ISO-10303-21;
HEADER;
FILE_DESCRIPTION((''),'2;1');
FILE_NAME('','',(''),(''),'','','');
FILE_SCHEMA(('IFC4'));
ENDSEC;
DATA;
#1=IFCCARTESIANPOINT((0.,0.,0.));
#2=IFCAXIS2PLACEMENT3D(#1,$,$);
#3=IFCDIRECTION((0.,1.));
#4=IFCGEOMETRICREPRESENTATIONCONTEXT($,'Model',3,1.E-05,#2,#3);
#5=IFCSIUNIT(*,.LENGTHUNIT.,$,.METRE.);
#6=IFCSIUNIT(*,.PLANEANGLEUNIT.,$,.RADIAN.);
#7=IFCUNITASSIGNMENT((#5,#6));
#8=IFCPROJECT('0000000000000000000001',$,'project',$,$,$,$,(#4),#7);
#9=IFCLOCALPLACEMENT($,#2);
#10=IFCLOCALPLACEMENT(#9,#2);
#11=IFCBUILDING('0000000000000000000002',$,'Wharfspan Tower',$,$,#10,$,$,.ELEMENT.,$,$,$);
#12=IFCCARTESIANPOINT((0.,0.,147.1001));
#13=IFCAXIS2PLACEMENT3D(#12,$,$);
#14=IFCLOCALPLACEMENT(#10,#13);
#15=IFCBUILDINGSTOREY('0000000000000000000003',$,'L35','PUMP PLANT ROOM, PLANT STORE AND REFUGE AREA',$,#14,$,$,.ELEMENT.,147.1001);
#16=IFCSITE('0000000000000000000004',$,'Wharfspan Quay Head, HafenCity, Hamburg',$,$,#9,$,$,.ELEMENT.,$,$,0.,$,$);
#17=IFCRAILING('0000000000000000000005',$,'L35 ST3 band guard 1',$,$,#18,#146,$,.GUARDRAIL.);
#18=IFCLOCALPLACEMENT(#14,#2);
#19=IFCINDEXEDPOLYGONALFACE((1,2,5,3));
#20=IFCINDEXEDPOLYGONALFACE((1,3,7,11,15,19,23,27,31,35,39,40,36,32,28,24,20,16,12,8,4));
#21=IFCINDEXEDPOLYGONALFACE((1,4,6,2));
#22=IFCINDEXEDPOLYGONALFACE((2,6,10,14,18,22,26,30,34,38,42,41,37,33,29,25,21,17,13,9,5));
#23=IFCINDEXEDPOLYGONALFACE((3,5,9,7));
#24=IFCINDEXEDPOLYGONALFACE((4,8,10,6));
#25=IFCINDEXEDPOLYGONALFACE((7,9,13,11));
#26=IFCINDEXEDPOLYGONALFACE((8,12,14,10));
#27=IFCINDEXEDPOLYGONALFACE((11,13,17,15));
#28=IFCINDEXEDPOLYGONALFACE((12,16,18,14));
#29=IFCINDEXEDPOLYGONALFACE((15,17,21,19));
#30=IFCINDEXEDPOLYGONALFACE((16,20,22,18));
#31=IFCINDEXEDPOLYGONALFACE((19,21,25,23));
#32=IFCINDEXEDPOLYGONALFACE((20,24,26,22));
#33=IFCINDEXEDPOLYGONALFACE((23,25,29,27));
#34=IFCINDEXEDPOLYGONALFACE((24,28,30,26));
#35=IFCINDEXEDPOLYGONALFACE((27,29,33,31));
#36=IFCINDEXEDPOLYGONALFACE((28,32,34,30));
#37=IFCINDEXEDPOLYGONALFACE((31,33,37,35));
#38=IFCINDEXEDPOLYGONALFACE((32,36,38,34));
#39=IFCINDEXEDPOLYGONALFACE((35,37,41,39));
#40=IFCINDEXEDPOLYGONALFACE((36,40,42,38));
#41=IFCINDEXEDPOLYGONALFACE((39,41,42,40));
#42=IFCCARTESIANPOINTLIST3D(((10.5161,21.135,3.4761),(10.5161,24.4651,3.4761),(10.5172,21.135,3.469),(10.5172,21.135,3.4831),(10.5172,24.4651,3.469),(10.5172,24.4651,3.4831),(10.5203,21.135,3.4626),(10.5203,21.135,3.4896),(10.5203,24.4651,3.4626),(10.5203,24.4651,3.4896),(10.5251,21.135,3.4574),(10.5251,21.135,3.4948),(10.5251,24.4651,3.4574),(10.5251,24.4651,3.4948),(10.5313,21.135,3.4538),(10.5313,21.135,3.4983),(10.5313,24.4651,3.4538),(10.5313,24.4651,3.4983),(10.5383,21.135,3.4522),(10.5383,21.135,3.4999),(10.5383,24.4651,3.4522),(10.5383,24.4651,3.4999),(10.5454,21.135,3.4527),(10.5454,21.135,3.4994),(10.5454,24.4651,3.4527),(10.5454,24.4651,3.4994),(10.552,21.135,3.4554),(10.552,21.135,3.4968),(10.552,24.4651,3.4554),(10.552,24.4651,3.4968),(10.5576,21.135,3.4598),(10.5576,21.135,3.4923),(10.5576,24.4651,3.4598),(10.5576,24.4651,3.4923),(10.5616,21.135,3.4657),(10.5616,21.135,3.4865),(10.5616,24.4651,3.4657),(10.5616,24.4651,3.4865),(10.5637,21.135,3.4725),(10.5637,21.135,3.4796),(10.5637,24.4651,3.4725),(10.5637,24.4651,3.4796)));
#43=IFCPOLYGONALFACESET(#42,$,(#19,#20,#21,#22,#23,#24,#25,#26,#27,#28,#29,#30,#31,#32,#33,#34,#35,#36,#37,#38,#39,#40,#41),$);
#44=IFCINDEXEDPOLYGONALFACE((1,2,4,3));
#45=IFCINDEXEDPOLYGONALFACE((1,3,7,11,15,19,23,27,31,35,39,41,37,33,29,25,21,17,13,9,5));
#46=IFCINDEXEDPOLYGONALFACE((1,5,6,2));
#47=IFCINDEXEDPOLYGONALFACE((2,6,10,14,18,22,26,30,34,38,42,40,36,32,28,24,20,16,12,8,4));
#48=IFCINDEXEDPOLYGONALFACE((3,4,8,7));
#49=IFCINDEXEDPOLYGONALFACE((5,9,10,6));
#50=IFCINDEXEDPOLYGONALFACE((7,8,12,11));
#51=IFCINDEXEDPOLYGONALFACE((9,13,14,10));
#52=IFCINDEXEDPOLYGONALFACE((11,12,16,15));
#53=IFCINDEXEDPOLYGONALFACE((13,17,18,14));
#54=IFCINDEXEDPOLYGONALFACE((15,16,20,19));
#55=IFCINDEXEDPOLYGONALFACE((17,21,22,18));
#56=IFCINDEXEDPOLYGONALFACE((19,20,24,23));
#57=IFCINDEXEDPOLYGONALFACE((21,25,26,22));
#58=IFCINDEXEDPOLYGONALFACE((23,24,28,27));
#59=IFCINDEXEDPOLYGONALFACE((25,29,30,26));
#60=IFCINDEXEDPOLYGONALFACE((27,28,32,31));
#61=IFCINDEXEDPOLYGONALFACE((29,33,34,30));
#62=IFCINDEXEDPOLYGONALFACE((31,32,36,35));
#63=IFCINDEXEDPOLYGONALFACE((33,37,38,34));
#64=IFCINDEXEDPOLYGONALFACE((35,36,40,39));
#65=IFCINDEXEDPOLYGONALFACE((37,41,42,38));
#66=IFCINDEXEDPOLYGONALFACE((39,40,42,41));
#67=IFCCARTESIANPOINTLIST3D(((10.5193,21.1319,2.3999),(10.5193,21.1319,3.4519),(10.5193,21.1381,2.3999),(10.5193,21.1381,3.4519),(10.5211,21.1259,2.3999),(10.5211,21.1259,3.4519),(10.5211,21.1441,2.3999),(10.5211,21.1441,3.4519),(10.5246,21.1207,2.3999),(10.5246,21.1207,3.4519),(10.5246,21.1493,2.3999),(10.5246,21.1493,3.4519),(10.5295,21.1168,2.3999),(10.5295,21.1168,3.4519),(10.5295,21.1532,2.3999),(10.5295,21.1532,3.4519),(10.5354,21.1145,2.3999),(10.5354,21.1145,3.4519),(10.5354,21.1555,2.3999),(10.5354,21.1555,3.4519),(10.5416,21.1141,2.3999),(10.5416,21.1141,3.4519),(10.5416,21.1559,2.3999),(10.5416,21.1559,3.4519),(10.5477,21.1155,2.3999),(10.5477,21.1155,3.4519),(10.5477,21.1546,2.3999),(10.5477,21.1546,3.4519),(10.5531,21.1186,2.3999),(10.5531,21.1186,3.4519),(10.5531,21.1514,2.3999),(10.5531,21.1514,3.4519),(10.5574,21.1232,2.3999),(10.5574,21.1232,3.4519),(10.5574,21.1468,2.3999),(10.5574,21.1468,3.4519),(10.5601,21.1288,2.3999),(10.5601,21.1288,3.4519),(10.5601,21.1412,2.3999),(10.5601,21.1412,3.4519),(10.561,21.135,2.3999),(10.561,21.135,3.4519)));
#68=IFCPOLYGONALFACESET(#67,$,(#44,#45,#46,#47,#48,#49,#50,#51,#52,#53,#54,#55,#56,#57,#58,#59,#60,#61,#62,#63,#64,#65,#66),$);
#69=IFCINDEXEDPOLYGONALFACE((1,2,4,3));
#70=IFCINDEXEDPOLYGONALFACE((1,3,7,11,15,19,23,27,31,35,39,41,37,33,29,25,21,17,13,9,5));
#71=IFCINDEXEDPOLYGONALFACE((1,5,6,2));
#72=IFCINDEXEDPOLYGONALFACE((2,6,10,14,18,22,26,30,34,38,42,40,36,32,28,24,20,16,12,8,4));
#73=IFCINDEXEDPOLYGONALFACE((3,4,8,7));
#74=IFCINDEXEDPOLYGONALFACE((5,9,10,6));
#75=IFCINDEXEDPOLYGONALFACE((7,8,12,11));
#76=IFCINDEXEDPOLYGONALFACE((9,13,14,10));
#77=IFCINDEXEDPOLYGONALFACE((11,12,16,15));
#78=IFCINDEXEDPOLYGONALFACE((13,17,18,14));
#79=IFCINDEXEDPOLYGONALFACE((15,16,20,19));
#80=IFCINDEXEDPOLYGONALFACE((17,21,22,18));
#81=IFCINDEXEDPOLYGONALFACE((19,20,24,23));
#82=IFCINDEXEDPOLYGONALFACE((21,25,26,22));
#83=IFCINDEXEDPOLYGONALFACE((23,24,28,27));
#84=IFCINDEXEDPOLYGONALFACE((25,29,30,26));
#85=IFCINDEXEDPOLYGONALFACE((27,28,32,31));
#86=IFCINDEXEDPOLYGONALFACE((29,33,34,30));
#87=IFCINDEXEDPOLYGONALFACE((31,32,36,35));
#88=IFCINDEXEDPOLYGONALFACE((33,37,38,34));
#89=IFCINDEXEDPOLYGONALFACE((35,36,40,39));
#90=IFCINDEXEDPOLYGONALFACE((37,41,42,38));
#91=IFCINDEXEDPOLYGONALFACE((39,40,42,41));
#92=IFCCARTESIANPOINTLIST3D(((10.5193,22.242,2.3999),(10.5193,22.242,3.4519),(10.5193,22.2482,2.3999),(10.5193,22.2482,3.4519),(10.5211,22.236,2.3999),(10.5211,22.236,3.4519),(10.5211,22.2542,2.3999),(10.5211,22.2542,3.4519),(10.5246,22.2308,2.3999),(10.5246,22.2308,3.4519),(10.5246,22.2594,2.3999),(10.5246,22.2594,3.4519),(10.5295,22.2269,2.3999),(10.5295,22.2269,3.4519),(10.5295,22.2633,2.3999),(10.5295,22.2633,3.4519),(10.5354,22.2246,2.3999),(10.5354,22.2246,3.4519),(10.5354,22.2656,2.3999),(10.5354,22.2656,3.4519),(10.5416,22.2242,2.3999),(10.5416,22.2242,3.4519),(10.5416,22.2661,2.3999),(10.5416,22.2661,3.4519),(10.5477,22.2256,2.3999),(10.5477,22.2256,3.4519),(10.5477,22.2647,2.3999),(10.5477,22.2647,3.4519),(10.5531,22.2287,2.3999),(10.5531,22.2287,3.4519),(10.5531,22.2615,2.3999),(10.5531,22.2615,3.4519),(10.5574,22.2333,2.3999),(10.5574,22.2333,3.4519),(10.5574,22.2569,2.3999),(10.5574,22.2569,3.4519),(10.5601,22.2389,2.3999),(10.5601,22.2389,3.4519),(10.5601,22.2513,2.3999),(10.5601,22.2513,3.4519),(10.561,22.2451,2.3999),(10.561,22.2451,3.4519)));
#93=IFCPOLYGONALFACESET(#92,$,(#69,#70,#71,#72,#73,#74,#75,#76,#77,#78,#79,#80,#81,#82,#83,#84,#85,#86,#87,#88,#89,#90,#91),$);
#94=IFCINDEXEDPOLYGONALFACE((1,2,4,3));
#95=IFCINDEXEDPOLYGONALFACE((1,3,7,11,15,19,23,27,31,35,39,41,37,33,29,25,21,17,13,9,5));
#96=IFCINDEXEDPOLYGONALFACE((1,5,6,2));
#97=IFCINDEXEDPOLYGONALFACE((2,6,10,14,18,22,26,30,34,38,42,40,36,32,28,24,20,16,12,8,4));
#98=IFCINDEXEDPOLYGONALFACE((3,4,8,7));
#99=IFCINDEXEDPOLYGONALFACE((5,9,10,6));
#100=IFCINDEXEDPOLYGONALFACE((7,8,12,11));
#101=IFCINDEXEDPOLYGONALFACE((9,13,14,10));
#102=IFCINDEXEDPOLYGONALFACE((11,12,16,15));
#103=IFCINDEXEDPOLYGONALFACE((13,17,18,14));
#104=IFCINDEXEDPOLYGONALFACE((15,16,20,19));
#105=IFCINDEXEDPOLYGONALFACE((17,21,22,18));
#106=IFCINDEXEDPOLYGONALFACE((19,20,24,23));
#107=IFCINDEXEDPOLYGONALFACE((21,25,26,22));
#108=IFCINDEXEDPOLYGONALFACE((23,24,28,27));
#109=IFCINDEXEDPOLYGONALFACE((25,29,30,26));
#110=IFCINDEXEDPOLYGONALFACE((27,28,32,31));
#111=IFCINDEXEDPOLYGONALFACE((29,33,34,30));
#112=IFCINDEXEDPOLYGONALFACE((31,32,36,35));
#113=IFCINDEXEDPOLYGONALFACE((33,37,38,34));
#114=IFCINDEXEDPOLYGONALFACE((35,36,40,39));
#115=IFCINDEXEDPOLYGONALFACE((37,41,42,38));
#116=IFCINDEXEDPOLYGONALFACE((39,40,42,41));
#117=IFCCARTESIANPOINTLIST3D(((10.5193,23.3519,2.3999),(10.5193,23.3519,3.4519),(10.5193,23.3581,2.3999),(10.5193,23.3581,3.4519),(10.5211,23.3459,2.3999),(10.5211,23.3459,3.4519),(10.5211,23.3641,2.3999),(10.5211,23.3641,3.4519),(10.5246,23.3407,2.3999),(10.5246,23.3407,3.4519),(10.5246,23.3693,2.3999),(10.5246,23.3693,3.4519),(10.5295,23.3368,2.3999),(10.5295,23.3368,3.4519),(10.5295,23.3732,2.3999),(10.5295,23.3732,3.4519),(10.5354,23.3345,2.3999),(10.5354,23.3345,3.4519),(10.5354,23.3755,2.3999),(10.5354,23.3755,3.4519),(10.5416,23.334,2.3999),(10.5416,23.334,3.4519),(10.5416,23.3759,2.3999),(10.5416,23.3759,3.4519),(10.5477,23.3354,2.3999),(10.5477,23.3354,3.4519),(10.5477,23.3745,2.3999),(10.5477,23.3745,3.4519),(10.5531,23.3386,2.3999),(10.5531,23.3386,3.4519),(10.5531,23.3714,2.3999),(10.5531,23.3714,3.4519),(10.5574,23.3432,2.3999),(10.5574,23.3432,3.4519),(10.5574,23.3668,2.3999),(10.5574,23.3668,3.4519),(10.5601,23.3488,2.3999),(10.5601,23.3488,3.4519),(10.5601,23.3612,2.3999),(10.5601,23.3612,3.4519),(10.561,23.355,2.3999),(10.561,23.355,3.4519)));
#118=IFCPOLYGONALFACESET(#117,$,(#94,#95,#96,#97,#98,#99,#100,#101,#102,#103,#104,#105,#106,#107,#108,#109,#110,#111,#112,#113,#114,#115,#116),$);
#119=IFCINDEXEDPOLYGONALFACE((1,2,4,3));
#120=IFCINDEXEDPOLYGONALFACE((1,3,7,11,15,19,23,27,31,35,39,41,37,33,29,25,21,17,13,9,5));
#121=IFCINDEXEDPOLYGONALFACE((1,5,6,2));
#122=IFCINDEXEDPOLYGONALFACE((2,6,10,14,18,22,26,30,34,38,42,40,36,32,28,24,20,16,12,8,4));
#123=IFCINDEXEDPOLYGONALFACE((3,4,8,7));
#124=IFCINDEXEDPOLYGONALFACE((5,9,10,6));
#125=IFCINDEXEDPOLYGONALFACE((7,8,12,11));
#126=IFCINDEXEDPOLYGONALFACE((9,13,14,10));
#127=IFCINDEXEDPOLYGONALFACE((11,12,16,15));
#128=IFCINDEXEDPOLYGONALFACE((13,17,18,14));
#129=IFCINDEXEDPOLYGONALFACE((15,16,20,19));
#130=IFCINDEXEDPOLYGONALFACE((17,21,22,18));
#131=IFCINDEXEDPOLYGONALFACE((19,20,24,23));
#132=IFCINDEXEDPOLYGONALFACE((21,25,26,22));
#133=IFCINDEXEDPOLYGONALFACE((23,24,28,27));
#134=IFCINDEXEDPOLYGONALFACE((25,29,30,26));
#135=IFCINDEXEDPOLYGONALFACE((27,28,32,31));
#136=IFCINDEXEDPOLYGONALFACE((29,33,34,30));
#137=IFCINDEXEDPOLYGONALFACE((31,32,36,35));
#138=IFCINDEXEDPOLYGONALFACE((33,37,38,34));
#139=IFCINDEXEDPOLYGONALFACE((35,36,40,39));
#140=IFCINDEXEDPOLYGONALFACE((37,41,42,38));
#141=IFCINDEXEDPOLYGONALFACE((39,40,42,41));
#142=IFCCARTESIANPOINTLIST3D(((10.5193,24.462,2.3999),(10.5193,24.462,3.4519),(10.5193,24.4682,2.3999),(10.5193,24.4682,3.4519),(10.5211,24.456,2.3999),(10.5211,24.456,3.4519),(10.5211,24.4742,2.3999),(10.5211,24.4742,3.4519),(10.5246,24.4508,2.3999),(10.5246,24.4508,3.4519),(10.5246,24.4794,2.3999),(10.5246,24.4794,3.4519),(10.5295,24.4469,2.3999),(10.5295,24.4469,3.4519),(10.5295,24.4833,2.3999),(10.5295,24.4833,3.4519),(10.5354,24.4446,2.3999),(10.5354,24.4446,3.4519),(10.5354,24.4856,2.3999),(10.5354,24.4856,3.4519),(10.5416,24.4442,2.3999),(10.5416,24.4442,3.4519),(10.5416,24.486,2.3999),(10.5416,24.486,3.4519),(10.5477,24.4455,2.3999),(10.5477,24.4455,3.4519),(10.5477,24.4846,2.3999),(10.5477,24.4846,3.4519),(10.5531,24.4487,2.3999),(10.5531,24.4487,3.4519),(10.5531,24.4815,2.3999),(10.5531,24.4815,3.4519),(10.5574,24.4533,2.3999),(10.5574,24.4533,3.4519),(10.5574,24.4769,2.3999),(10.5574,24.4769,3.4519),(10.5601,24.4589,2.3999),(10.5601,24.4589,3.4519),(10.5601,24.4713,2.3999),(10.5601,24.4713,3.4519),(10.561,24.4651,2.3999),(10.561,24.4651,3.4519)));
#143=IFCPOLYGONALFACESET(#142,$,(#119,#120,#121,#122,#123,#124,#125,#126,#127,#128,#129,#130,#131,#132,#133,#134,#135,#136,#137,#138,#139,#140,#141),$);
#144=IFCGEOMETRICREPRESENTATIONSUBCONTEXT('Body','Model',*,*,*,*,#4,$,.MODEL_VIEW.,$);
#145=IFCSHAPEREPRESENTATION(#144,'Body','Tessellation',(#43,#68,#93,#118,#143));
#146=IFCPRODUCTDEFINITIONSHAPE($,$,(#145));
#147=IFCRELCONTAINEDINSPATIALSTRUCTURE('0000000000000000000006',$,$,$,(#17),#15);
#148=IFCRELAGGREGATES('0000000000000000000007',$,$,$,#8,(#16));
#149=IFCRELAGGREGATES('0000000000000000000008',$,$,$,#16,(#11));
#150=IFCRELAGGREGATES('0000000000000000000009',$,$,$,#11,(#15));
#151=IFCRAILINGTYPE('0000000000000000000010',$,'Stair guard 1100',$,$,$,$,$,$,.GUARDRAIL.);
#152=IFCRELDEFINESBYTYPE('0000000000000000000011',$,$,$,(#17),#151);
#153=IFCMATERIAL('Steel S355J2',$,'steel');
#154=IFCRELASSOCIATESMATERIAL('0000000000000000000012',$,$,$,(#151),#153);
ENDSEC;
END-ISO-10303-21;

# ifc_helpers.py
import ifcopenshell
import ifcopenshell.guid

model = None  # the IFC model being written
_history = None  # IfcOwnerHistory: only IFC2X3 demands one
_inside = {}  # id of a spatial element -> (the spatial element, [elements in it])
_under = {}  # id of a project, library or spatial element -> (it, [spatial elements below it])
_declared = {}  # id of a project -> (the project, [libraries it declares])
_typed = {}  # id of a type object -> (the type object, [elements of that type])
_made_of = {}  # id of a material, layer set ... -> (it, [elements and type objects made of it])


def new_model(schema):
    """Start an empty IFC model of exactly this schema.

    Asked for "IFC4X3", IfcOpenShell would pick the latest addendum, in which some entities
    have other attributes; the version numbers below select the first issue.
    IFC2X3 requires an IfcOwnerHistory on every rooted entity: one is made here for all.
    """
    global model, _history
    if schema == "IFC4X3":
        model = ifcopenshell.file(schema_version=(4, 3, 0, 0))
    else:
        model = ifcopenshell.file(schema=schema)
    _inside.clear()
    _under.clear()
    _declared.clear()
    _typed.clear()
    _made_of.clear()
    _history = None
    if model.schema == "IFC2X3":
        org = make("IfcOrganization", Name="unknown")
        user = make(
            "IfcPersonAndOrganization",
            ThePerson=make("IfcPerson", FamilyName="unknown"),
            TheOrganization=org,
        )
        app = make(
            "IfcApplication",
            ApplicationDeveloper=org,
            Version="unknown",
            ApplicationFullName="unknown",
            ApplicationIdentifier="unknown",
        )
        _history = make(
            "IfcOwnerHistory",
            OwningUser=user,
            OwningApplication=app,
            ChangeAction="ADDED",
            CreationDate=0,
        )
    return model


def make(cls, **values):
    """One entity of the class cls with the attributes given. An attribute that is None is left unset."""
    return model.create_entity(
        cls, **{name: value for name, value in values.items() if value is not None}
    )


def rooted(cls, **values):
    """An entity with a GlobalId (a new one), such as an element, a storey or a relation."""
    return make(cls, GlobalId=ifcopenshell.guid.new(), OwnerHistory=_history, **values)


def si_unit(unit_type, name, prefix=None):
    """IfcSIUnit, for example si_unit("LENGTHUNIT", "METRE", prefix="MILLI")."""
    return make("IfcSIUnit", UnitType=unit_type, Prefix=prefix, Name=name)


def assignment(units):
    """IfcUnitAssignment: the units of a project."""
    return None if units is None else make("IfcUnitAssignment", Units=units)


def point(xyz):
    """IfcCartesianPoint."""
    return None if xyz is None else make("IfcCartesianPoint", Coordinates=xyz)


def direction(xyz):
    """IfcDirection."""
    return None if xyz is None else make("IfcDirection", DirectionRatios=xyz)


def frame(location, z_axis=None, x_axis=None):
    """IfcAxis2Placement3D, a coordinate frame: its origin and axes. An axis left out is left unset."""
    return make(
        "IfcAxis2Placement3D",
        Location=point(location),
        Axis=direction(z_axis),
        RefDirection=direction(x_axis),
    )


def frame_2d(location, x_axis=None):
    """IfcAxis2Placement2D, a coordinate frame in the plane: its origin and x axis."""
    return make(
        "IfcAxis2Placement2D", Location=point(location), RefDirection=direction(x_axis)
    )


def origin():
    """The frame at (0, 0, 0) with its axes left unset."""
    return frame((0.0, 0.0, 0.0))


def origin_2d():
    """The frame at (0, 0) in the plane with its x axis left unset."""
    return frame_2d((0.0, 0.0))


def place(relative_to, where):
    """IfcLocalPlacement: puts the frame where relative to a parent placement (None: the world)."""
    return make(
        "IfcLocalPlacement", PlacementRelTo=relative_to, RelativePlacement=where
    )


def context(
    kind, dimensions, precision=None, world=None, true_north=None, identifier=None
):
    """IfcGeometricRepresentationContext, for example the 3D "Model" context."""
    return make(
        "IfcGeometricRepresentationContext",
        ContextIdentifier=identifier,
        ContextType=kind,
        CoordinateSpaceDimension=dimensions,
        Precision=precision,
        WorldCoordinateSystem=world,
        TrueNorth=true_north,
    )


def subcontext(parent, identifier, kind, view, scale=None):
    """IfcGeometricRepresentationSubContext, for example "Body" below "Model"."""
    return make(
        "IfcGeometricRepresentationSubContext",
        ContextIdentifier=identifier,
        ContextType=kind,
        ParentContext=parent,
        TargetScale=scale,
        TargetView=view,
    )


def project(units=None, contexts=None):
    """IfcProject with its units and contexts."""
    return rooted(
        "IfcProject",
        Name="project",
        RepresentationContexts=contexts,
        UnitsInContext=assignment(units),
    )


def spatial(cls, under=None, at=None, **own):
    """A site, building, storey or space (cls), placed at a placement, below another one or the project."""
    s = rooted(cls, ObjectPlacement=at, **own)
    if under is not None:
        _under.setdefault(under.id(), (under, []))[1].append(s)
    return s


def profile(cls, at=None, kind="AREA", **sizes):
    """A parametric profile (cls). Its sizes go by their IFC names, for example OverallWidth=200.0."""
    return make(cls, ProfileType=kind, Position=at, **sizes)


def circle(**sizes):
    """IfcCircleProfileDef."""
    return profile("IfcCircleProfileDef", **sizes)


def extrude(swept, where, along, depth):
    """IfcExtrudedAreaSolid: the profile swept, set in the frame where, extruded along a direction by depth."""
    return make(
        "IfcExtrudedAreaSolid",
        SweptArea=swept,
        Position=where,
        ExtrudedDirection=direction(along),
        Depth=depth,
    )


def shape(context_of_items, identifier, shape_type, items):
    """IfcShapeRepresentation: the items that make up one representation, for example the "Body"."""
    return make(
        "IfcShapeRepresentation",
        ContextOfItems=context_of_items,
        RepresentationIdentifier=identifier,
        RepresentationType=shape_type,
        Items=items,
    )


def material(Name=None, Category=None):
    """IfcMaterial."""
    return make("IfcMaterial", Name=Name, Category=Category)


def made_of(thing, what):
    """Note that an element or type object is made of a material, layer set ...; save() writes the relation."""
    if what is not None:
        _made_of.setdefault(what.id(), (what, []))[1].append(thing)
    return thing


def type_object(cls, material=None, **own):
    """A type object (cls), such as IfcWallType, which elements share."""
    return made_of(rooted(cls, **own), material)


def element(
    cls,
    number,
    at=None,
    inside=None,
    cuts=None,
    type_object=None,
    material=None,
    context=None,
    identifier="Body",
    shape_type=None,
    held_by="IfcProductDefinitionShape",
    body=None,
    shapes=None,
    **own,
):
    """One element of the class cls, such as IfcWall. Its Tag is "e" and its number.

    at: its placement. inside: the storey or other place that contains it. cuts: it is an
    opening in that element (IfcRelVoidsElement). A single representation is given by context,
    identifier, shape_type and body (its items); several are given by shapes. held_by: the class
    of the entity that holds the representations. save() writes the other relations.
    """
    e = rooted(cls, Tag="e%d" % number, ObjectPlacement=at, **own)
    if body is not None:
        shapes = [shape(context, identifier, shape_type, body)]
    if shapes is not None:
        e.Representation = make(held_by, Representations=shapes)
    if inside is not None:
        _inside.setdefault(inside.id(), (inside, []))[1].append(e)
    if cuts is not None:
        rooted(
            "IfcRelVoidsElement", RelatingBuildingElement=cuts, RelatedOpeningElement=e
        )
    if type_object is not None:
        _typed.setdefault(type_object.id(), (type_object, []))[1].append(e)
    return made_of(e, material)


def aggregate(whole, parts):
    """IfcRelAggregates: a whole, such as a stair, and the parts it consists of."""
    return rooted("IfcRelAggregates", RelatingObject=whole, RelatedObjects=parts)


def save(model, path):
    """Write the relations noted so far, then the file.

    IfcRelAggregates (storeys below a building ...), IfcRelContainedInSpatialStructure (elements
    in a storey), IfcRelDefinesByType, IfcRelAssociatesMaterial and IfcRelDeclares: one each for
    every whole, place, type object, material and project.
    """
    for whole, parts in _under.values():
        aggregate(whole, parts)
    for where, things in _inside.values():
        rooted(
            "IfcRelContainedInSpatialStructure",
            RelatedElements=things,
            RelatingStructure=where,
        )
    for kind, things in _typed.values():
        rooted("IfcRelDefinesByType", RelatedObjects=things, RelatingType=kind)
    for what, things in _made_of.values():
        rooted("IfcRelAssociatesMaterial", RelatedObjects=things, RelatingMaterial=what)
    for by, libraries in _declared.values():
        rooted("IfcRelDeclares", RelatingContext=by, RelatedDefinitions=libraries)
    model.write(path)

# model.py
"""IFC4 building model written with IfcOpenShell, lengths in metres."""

from ifc_helpers import new_model, si_unit, direction, frame, origin, origin_2d, place, context, subcontext, project, spatial, circle, extrude, material, type_object, element, save


model = new_model("IFC4")

# Units and contexts
model_context = context("Model", 3, precision=1e-05, world=origin(), true_north=direction((0.0, 1.0)))
body_context = subcontext(model_context, "Body", "Model", "MODEL_VIEW")
ifc_project = project(units=[si_unit("LENGTHUNIT", "METRE"), si_unit("PLANEANGLEUNIT", "RADIAN")], contexts=[model_context])

# Site, building, storey
site_placement = place(None, origin())
site = spatial("IfcSite", under=ifc_project, at=site_placement, Name="Wharfspan Quay Head, HafenCity, Hamburg", CompositionType="ELEMENT", RefElevation=0.0)
building_placement = place(site_placement, origin())
building = spatial("IfcBuilding", under=site, at=building_placement, Name="Wharfspan Tower", CompositionType="ELEMENT")
storey_placement = place(building_placement, frame((0.0, 0.0, 147.1001)))
storey = spatial("IfcBuildingStorey", under=building, at=storey_placement, Name="L35", Description="PUMP PLANT ROOM, PLANT STORE AND REFUGE AREA", CompositionType="ELEMENT", Elevation=147.1001)

# Shared definitions
ifc_material_1 = material(Name="Steel S355J2", Category="steel")

# Railing
railing_type_1 = type_object("IfcRailingType", Name="Stair guard 1100", PredefinedType="GUARDRAIL", material=ifc_material_1)
railing_1_placement = place(storey_placement, frame((10.54, 21.135, 2.3999)))
element("IfcRailing", 1, at=railing_1_placement, inside=storey, type_object=railing_type_1, Name="L35 ST3 band guard 1", PredefinedType="GUARDRAIL", context=body_context, shape_type="SweptSolid", body=[
    extrude(circle(Radius=0.0239, at=origin_2d()), frame((0.0, 0.0, 1.0762), z_axis=(0.0, 1.0, 0.0), x_axis=(-1.0, 0.0, 0.0)), (0.0, 0.0, 1.0), 3.3301),
    extrude(circle(Radius=0.021, at=origin_2d()), origin(), (0.0, 0.0, 1.0), 1.052),
    extrude(circle(Radius=0.021, at=origin_2d()), frame((0.0, 1.1101, 0.0)), (0.0, 0.0, 1.0), 1.052),
    extrude(circle(Radius=0.021, at=origin_2d()), frame((0.0, 2.22, 0.0)), (0.0, 0.0, 1.0), 1.052),
    extrude(circle(Radius=0.021, at=origin_2d()), frame((0.0, 3.3301, 0.0)), (0.0, 0.0, 1.0), 1.052),
])

save(model, "model.ifc")
